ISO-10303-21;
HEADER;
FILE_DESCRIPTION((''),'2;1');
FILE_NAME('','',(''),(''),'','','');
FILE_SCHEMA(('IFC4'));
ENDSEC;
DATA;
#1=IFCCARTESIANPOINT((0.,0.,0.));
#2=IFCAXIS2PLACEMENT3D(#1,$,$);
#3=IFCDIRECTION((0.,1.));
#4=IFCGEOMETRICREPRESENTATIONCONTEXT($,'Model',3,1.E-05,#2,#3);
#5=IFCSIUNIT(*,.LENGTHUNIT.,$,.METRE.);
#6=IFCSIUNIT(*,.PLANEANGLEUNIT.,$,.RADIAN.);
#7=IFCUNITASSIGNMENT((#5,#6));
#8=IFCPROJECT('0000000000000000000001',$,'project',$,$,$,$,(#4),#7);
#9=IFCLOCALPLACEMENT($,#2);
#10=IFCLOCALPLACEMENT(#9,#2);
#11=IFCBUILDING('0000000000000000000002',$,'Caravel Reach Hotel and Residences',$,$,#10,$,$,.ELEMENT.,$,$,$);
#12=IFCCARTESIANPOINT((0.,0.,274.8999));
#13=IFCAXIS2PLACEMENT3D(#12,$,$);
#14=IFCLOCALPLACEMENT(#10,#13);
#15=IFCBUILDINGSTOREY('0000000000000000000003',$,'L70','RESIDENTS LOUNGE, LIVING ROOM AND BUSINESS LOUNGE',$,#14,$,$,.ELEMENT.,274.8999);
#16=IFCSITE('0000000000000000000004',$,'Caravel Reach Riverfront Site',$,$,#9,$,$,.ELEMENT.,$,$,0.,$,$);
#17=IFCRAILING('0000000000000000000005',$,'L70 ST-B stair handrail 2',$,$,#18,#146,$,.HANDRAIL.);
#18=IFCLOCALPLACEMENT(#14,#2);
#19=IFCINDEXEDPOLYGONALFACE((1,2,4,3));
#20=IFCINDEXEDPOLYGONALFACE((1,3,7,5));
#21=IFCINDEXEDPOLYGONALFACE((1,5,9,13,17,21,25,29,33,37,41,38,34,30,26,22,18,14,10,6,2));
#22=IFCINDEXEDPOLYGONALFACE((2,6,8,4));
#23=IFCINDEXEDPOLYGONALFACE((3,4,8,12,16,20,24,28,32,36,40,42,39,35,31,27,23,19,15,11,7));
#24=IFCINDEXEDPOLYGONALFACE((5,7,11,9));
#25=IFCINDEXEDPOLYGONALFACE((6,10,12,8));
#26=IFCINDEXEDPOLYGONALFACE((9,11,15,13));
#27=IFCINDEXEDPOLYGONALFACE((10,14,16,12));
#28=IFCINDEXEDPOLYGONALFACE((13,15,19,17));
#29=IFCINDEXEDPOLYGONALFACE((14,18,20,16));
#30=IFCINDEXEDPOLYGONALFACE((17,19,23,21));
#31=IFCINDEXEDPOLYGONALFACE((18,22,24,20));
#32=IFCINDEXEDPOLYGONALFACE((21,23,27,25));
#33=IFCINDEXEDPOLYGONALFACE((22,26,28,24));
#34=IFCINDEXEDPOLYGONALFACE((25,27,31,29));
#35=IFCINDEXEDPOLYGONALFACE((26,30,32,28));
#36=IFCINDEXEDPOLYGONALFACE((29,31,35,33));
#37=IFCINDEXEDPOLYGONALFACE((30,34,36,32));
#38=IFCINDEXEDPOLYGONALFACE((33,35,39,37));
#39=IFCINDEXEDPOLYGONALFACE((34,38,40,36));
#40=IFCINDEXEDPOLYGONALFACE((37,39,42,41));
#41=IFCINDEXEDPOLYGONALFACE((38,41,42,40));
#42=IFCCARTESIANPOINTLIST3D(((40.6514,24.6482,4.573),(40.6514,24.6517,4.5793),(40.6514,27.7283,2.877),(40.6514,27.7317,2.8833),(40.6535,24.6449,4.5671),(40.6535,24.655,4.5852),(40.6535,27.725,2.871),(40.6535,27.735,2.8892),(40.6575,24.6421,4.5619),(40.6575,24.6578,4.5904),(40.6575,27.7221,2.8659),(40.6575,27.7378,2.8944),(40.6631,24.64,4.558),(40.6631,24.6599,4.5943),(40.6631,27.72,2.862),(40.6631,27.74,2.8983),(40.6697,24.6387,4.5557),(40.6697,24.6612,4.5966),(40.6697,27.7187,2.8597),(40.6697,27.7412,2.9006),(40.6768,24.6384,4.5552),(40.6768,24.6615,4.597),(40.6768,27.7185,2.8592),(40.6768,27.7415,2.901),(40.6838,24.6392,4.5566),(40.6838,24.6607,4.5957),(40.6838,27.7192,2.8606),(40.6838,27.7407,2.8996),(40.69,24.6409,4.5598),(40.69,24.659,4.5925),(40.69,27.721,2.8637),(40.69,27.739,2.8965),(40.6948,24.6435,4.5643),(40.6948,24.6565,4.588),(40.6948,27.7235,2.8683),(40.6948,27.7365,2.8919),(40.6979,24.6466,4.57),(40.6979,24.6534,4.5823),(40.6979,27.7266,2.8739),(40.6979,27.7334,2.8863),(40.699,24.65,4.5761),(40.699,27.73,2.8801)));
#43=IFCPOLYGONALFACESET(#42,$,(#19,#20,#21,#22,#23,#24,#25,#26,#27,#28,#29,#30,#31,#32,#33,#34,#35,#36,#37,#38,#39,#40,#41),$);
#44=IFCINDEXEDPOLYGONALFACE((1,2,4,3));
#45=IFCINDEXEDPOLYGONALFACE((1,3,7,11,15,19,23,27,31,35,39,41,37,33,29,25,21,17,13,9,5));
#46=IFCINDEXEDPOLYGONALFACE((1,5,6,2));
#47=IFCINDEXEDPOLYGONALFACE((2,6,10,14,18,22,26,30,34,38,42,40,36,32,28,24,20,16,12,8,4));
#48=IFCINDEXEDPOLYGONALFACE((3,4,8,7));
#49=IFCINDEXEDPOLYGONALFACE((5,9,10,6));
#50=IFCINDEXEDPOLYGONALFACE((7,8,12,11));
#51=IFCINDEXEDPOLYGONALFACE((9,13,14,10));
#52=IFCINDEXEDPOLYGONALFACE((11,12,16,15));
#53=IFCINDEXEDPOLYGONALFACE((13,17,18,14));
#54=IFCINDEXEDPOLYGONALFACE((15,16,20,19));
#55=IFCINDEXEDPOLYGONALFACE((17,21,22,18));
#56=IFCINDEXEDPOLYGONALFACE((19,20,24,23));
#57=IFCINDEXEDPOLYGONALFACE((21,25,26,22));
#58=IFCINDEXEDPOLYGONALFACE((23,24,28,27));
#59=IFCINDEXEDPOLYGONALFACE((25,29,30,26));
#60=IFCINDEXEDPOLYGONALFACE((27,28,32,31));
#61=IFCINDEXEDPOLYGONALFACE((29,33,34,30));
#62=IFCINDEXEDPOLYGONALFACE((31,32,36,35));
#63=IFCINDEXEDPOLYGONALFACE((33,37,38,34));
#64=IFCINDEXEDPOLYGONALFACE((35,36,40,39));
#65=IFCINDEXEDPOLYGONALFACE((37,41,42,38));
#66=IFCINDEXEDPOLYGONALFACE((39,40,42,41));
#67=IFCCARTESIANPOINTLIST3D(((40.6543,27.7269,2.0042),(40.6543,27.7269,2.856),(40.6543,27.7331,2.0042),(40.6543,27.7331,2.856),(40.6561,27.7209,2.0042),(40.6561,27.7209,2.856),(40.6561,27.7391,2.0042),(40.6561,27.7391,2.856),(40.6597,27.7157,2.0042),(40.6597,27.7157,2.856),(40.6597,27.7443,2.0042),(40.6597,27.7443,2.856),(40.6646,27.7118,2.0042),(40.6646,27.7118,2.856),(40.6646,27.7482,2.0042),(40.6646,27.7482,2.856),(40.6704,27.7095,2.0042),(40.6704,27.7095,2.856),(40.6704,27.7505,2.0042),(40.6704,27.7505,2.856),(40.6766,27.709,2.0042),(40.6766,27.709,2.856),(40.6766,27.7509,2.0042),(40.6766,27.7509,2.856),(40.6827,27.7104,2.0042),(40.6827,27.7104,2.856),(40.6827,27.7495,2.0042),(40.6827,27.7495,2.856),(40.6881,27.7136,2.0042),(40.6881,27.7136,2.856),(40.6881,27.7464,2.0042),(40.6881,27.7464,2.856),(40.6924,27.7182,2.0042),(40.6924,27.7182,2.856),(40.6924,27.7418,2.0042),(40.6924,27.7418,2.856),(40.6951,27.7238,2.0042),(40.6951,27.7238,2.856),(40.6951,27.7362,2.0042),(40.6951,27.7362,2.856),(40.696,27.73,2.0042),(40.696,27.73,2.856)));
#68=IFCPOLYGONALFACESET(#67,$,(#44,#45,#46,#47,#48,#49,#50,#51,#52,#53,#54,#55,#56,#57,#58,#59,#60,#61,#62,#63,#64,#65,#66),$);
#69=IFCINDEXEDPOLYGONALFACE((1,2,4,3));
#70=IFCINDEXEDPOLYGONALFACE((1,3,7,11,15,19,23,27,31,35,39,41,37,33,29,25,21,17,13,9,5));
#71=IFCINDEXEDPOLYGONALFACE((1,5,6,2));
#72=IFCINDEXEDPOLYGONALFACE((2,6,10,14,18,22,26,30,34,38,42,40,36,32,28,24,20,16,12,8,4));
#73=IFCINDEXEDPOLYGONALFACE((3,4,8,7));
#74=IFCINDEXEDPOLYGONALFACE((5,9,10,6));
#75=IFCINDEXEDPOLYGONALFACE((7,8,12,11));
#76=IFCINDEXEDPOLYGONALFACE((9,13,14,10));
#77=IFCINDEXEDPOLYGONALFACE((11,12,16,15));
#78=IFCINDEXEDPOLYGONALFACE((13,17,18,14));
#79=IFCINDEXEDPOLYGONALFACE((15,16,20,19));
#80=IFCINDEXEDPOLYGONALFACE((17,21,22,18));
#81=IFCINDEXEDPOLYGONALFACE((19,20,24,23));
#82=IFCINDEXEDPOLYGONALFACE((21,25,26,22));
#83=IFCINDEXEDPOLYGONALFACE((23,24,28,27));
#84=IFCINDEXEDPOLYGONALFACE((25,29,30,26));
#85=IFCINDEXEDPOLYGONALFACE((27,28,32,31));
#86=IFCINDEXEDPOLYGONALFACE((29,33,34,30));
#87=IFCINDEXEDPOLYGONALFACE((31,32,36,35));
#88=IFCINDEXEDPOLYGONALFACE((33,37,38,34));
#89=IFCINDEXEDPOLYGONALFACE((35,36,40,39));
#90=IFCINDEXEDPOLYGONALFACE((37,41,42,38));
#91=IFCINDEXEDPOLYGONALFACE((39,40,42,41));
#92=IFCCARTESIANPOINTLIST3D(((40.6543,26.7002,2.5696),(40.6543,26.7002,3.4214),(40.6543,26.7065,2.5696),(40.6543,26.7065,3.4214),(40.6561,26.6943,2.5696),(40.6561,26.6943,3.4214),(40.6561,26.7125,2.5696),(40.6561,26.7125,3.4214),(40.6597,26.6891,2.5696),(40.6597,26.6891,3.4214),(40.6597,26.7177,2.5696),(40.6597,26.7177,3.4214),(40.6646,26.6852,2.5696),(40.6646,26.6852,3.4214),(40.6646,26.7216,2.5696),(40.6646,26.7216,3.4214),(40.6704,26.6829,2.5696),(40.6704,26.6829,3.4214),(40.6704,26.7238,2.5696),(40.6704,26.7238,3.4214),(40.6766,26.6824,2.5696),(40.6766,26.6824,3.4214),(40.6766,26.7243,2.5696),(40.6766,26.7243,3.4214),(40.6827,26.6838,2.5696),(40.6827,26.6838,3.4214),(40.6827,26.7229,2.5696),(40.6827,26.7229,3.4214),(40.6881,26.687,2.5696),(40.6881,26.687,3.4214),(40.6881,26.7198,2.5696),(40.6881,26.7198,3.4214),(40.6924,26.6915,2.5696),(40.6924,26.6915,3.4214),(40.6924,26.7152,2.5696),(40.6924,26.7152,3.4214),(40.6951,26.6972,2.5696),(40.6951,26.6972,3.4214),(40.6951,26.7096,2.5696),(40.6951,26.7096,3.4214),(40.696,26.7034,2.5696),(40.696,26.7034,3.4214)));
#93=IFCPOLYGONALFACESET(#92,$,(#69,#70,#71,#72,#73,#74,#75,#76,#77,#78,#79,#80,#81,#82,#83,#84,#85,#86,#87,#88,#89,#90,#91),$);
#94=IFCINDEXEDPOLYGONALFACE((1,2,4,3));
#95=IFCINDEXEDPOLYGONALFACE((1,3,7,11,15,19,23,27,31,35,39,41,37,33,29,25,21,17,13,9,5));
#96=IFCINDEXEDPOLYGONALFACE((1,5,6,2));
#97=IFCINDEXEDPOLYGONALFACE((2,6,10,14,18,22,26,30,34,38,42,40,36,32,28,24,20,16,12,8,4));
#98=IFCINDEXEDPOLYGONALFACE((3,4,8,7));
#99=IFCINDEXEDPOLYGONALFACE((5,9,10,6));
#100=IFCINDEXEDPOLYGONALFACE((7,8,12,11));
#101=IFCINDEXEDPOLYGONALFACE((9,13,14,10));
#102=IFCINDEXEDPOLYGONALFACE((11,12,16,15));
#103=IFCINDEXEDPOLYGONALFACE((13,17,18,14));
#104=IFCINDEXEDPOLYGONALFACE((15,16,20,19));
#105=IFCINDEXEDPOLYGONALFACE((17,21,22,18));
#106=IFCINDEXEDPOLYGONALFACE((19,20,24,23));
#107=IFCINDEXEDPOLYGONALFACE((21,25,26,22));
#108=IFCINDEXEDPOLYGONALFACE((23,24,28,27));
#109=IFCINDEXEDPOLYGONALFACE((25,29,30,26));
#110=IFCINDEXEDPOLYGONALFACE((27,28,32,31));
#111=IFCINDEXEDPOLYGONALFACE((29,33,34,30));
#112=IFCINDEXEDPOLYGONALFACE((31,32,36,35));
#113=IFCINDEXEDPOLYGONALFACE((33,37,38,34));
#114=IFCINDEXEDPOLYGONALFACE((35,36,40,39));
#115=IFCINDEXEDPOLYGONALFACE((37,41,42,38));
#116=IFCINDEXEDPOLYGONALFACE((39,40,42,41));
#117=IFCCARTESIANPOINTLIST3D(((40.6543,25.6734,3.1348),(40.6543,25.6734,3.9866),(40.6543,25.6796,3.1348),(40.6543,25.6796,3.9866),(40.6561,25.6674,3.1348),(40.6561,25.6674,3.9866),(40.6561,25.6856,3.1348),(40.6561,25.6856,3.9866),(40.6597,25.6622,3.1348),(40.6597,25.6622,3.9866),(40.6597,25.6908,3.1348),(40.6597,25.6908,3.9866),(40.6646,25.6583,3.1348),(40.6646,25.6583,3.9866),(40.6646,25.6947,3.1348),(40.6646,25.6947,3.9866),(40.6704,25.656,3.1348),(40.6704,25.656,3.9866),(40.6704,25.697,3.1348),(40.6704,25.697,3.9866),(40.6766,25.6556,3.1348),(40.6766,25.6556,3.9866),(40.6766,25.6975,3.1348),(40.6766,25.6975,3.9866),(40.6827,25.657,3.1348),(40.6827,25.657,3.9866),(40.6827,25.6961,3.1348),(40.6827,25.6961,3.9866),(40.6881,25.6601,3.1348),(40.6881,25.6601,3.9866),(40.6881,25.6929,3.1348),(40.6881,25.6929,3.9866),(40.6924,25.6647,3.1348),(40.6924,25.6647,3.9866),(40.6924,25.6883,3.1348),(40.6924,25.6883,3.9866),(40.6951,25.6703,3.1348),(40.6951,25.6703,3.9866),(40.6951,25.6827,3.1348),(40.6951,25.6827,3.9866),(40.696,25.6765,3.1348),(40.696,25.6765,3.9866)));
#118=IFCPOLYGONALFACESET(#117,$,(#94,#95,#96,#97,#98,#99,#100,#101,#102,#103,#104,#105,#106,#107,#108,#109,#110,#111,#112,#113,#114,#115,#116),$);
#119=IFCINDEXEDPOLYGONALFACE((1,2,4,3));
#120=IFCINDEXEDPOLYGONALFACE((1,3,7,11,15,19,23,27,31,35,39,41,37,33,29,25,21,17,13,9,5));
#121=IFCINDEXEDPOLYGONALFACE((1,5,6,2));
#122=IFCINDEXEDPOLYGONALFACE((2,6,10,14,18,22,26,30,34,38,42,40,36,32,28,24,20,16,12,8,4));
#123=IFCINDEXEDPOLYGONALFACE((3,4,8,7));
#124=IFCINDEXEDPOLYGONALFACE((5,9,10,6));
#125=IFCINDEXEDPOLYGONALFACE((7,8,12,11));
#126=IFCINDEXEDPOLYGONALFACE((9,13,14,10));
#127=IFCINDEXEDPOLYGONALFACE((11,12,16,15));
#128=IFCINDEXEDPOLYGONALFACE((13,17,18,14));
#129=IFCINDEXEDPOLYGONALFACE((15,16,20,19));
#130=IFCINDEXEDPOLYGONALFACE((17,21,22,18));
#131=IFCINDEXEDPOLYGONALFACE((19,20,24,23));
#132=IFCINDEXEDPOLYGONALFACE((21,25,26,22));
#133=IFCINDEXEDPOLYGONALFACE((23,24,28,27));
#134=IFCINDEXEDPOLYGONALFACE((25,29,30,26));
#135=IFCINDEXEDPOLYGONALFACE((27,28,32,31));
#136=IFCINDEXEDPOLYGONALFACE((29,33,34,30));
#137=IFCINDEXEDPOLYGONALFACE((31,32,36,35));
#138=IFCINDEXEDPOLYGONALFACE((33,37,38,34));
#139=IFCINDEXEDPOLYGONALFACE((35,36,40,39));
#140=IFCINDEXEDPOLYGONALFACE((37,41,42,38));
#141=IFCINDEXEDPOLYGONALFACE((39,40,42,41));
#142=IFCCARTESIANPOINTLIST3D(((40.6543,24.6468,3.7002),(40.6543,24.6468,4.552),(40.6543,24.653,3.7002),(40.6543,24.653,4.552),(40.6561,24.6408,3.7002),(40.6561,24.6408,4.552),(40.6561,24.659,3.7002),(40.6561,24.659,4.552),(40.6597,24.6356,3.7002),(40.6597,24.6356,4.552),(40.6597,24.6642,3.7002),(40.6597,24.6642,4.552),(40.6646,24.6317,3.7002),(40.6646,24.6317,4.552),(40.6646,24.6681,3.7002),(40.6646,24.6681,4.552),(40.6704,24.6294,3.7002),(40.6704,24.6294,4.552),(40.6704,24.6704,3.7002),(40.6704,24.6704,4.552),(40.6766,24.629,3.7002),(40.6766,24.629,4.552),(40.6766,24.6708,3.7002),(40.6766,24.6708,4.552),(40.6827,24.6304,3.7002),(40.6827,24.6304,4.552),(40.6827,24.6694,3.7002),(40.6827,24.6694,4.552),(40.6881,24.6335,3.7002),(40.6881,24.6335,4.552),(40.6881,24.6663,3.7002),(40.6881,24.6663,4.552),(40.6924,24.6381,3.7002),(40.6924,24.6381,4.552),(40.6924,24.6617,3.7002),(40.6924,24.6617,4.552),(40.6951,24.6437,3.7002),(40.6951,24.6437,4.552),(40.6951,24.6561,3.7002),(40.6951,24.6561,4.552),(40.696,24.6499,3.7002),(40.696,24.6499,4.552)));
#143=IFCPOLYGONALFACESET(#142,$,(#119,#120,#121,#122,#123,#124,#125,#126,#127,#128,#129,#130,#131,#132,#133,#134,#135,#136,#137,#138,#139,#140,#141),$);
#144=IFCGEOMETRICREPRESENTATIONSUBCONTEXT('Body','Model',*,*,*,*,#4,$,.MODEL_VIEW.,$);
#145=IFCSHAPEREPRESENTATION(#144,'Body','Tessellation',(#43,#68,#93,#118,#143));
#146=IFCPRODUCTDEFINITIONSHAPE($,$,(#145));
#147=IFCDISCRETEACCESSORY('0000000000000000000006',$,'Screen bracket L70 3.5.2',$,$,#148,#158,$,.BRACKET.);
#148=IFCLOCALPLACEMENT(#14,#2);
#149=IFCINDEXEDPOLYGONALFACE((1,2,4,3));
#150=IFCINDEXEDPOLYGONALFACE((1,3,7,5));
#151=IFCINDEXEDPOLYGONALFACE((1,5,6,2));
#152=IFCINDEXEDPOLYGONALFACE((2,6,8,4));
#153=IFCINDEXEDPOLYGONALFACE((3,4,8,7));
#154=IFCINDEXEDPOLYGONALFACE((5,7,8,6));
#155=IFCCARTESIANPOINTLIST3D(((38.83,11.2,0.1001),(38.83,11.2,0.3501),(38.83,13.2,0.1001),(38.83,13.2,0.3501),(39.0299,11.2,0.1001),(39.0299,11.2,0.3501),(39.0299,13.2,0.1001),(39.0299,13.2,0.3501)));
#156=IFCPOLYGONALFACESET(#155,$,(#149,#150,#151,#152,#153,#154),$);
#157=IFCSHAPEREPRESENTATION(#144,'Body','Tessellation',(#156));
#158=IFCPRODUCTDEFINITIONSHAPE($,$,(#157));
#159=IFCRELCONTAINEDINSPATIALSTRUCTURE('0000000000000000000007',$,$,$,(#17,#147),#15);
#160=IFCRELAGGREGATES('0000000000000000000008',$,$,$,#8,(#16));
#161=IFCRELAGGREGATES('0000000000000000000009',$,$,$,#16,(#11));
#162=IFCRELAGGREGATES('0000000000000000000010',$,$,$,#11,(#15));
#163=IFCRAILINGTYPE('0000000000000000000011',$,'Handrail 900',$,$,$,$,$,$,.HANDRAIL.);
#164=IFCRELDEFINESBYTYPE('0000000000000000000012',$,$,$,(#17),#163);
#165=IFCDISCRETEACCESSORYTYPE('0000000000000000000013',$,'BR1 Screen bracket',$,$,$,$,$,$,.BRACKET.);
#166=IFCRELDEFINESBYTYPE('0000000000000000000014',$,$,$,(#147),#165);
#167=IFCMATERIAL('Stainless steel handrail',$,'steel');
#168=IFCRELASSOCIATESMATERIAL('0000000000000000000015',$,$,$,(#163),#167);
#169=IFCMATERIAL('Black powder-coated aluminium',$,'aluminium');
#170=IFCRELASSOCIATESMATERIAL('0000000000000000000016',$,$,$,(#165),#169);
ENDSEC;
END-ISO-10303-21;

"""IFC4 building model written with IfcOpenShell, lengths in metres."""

from ifc_helpers import new_model, si_unit, direction, frame, origin, origin_2d, place, context, subcontext, project, spatial, rectangle, circle, extrude, material, type_object, element, save


model = new_model("IFC4")

# Units and contexts
model_context = context("Model", 3, precision=1e-05, world=origin(), true_north=direction((0.0, 1.0)))
body_context = subcontext(model_context, "Body", "Model", "MODEL_VIEW")
ifc_project = project(units=[si_unit("LENGTHUNIT", "METRE"), si_unit("PLANEANGLEUNIT", "RADIAN")], contexts=[model_context])

# Site, building, storey
site_placement = place(None, origin())
site = spatial("IfcSite", under=ifc_project, at=site_placement, Name="Caravel Reach Riverfront Site", CompositionType="ELEMENT", RefElevation=0.0)
building_placement = place(site_placement, origin())
building = spatial("IfcBuilding", under=site, at=building_placement, Name="Caravel Reach Hotel and Residences", CompositionType="ELEMENT")
storey_placement = place(building_placement, frame((0.0, 0.0, 274.8999)))
storey = spatial("IfcBuildingStorey", under=building, at=storey_placement, Name="L70", Description="RESIDENTS LOUNGE, LIVING ROOM AND BUSINESS LOUNGE", CompositionType="ELEMENT", Elevation=274.8999)

# Railing
ifc_material_1 = material(Name="Stainless steel handrail", Category="steel")
railing_type_1 = type_object("IfcRailingType", Name="Handrail 900", PredefinedType="HANDRAIL", material=ifc_material_1)
railing_1_placement = place(storey_placement, frame((40.675, 27.73, 2.0042)))
element("IfcRailing", 1, at=railing_1_placement, inside=storey, type_object=railing_type_1, Name="L70 ST-B stair handrail 2", PredefinedType="HANDRAIL", context=body_context, shape_type="SweptSolid", body=[
    extrude(circle(Radius=0.0239, at=origin_2d()), frame((0.0, 0.0, 0.876), z_axis=(0.0, -0.875975, 0.482356), x_axis=(1.0, 0.0, 0.0)), (0.0, 0.0, 1.0), 3.5161),
    extrude(circle(Radius=0.021, at=origin_2d()), origin(), (0.0, 0.0, 1.0), 0.8518),
    extrude(circle(Radius=0.021, at=origin_2d()), frame((0.0, -1.0266, 0.5654)), (0.0, 0.0, 1.0), 0.8518),
    extrude(circle(Radius=0.021, at=origin_2d()), frame((0.0, -2.0535, 1.1306)), (0.0, 0.0, 1.0), 0.8518),
    extrude(circle(Radius=0.021, at=origin_2d()), frame((0.0, -3.0801, 1.696)), (0.0, 0.0, 1.0), 0.8518),
])

# Discrete accessory
ifc_material_2 = material(Name="Black powder-coated aluminium", Category="aluminium")
discrete_accessory_type = type_object("IfcDiscreteAccessoryType", Name="BR1 Screen bracket", PredefinedType="BRACKET", material=ifc_material_2)
discrete_accessory_placement = place(storey_placement, frame((38.9299, 12.2, 0.1001), z_axis=(0.0, 0.0, 1.0), x_axis=(0.0, -1.0, 0.0)))
element("IfcDiscreteAccessory", 2, at=discrete_accessory_placement, inside=storey, type_object=discrete_accessory_type, Name="Screen bracket L70 3.5.2", PredefinedType="BRACKET", context=body_context, shape_type="SweptSolid", body=[
    extrude(rectangle(XDim=2.0, YDim=0.2, at=origin_2d()), origin(), (0.0, 0.0, 1.0), 0.25),
])

save(model, "model.ifc")
